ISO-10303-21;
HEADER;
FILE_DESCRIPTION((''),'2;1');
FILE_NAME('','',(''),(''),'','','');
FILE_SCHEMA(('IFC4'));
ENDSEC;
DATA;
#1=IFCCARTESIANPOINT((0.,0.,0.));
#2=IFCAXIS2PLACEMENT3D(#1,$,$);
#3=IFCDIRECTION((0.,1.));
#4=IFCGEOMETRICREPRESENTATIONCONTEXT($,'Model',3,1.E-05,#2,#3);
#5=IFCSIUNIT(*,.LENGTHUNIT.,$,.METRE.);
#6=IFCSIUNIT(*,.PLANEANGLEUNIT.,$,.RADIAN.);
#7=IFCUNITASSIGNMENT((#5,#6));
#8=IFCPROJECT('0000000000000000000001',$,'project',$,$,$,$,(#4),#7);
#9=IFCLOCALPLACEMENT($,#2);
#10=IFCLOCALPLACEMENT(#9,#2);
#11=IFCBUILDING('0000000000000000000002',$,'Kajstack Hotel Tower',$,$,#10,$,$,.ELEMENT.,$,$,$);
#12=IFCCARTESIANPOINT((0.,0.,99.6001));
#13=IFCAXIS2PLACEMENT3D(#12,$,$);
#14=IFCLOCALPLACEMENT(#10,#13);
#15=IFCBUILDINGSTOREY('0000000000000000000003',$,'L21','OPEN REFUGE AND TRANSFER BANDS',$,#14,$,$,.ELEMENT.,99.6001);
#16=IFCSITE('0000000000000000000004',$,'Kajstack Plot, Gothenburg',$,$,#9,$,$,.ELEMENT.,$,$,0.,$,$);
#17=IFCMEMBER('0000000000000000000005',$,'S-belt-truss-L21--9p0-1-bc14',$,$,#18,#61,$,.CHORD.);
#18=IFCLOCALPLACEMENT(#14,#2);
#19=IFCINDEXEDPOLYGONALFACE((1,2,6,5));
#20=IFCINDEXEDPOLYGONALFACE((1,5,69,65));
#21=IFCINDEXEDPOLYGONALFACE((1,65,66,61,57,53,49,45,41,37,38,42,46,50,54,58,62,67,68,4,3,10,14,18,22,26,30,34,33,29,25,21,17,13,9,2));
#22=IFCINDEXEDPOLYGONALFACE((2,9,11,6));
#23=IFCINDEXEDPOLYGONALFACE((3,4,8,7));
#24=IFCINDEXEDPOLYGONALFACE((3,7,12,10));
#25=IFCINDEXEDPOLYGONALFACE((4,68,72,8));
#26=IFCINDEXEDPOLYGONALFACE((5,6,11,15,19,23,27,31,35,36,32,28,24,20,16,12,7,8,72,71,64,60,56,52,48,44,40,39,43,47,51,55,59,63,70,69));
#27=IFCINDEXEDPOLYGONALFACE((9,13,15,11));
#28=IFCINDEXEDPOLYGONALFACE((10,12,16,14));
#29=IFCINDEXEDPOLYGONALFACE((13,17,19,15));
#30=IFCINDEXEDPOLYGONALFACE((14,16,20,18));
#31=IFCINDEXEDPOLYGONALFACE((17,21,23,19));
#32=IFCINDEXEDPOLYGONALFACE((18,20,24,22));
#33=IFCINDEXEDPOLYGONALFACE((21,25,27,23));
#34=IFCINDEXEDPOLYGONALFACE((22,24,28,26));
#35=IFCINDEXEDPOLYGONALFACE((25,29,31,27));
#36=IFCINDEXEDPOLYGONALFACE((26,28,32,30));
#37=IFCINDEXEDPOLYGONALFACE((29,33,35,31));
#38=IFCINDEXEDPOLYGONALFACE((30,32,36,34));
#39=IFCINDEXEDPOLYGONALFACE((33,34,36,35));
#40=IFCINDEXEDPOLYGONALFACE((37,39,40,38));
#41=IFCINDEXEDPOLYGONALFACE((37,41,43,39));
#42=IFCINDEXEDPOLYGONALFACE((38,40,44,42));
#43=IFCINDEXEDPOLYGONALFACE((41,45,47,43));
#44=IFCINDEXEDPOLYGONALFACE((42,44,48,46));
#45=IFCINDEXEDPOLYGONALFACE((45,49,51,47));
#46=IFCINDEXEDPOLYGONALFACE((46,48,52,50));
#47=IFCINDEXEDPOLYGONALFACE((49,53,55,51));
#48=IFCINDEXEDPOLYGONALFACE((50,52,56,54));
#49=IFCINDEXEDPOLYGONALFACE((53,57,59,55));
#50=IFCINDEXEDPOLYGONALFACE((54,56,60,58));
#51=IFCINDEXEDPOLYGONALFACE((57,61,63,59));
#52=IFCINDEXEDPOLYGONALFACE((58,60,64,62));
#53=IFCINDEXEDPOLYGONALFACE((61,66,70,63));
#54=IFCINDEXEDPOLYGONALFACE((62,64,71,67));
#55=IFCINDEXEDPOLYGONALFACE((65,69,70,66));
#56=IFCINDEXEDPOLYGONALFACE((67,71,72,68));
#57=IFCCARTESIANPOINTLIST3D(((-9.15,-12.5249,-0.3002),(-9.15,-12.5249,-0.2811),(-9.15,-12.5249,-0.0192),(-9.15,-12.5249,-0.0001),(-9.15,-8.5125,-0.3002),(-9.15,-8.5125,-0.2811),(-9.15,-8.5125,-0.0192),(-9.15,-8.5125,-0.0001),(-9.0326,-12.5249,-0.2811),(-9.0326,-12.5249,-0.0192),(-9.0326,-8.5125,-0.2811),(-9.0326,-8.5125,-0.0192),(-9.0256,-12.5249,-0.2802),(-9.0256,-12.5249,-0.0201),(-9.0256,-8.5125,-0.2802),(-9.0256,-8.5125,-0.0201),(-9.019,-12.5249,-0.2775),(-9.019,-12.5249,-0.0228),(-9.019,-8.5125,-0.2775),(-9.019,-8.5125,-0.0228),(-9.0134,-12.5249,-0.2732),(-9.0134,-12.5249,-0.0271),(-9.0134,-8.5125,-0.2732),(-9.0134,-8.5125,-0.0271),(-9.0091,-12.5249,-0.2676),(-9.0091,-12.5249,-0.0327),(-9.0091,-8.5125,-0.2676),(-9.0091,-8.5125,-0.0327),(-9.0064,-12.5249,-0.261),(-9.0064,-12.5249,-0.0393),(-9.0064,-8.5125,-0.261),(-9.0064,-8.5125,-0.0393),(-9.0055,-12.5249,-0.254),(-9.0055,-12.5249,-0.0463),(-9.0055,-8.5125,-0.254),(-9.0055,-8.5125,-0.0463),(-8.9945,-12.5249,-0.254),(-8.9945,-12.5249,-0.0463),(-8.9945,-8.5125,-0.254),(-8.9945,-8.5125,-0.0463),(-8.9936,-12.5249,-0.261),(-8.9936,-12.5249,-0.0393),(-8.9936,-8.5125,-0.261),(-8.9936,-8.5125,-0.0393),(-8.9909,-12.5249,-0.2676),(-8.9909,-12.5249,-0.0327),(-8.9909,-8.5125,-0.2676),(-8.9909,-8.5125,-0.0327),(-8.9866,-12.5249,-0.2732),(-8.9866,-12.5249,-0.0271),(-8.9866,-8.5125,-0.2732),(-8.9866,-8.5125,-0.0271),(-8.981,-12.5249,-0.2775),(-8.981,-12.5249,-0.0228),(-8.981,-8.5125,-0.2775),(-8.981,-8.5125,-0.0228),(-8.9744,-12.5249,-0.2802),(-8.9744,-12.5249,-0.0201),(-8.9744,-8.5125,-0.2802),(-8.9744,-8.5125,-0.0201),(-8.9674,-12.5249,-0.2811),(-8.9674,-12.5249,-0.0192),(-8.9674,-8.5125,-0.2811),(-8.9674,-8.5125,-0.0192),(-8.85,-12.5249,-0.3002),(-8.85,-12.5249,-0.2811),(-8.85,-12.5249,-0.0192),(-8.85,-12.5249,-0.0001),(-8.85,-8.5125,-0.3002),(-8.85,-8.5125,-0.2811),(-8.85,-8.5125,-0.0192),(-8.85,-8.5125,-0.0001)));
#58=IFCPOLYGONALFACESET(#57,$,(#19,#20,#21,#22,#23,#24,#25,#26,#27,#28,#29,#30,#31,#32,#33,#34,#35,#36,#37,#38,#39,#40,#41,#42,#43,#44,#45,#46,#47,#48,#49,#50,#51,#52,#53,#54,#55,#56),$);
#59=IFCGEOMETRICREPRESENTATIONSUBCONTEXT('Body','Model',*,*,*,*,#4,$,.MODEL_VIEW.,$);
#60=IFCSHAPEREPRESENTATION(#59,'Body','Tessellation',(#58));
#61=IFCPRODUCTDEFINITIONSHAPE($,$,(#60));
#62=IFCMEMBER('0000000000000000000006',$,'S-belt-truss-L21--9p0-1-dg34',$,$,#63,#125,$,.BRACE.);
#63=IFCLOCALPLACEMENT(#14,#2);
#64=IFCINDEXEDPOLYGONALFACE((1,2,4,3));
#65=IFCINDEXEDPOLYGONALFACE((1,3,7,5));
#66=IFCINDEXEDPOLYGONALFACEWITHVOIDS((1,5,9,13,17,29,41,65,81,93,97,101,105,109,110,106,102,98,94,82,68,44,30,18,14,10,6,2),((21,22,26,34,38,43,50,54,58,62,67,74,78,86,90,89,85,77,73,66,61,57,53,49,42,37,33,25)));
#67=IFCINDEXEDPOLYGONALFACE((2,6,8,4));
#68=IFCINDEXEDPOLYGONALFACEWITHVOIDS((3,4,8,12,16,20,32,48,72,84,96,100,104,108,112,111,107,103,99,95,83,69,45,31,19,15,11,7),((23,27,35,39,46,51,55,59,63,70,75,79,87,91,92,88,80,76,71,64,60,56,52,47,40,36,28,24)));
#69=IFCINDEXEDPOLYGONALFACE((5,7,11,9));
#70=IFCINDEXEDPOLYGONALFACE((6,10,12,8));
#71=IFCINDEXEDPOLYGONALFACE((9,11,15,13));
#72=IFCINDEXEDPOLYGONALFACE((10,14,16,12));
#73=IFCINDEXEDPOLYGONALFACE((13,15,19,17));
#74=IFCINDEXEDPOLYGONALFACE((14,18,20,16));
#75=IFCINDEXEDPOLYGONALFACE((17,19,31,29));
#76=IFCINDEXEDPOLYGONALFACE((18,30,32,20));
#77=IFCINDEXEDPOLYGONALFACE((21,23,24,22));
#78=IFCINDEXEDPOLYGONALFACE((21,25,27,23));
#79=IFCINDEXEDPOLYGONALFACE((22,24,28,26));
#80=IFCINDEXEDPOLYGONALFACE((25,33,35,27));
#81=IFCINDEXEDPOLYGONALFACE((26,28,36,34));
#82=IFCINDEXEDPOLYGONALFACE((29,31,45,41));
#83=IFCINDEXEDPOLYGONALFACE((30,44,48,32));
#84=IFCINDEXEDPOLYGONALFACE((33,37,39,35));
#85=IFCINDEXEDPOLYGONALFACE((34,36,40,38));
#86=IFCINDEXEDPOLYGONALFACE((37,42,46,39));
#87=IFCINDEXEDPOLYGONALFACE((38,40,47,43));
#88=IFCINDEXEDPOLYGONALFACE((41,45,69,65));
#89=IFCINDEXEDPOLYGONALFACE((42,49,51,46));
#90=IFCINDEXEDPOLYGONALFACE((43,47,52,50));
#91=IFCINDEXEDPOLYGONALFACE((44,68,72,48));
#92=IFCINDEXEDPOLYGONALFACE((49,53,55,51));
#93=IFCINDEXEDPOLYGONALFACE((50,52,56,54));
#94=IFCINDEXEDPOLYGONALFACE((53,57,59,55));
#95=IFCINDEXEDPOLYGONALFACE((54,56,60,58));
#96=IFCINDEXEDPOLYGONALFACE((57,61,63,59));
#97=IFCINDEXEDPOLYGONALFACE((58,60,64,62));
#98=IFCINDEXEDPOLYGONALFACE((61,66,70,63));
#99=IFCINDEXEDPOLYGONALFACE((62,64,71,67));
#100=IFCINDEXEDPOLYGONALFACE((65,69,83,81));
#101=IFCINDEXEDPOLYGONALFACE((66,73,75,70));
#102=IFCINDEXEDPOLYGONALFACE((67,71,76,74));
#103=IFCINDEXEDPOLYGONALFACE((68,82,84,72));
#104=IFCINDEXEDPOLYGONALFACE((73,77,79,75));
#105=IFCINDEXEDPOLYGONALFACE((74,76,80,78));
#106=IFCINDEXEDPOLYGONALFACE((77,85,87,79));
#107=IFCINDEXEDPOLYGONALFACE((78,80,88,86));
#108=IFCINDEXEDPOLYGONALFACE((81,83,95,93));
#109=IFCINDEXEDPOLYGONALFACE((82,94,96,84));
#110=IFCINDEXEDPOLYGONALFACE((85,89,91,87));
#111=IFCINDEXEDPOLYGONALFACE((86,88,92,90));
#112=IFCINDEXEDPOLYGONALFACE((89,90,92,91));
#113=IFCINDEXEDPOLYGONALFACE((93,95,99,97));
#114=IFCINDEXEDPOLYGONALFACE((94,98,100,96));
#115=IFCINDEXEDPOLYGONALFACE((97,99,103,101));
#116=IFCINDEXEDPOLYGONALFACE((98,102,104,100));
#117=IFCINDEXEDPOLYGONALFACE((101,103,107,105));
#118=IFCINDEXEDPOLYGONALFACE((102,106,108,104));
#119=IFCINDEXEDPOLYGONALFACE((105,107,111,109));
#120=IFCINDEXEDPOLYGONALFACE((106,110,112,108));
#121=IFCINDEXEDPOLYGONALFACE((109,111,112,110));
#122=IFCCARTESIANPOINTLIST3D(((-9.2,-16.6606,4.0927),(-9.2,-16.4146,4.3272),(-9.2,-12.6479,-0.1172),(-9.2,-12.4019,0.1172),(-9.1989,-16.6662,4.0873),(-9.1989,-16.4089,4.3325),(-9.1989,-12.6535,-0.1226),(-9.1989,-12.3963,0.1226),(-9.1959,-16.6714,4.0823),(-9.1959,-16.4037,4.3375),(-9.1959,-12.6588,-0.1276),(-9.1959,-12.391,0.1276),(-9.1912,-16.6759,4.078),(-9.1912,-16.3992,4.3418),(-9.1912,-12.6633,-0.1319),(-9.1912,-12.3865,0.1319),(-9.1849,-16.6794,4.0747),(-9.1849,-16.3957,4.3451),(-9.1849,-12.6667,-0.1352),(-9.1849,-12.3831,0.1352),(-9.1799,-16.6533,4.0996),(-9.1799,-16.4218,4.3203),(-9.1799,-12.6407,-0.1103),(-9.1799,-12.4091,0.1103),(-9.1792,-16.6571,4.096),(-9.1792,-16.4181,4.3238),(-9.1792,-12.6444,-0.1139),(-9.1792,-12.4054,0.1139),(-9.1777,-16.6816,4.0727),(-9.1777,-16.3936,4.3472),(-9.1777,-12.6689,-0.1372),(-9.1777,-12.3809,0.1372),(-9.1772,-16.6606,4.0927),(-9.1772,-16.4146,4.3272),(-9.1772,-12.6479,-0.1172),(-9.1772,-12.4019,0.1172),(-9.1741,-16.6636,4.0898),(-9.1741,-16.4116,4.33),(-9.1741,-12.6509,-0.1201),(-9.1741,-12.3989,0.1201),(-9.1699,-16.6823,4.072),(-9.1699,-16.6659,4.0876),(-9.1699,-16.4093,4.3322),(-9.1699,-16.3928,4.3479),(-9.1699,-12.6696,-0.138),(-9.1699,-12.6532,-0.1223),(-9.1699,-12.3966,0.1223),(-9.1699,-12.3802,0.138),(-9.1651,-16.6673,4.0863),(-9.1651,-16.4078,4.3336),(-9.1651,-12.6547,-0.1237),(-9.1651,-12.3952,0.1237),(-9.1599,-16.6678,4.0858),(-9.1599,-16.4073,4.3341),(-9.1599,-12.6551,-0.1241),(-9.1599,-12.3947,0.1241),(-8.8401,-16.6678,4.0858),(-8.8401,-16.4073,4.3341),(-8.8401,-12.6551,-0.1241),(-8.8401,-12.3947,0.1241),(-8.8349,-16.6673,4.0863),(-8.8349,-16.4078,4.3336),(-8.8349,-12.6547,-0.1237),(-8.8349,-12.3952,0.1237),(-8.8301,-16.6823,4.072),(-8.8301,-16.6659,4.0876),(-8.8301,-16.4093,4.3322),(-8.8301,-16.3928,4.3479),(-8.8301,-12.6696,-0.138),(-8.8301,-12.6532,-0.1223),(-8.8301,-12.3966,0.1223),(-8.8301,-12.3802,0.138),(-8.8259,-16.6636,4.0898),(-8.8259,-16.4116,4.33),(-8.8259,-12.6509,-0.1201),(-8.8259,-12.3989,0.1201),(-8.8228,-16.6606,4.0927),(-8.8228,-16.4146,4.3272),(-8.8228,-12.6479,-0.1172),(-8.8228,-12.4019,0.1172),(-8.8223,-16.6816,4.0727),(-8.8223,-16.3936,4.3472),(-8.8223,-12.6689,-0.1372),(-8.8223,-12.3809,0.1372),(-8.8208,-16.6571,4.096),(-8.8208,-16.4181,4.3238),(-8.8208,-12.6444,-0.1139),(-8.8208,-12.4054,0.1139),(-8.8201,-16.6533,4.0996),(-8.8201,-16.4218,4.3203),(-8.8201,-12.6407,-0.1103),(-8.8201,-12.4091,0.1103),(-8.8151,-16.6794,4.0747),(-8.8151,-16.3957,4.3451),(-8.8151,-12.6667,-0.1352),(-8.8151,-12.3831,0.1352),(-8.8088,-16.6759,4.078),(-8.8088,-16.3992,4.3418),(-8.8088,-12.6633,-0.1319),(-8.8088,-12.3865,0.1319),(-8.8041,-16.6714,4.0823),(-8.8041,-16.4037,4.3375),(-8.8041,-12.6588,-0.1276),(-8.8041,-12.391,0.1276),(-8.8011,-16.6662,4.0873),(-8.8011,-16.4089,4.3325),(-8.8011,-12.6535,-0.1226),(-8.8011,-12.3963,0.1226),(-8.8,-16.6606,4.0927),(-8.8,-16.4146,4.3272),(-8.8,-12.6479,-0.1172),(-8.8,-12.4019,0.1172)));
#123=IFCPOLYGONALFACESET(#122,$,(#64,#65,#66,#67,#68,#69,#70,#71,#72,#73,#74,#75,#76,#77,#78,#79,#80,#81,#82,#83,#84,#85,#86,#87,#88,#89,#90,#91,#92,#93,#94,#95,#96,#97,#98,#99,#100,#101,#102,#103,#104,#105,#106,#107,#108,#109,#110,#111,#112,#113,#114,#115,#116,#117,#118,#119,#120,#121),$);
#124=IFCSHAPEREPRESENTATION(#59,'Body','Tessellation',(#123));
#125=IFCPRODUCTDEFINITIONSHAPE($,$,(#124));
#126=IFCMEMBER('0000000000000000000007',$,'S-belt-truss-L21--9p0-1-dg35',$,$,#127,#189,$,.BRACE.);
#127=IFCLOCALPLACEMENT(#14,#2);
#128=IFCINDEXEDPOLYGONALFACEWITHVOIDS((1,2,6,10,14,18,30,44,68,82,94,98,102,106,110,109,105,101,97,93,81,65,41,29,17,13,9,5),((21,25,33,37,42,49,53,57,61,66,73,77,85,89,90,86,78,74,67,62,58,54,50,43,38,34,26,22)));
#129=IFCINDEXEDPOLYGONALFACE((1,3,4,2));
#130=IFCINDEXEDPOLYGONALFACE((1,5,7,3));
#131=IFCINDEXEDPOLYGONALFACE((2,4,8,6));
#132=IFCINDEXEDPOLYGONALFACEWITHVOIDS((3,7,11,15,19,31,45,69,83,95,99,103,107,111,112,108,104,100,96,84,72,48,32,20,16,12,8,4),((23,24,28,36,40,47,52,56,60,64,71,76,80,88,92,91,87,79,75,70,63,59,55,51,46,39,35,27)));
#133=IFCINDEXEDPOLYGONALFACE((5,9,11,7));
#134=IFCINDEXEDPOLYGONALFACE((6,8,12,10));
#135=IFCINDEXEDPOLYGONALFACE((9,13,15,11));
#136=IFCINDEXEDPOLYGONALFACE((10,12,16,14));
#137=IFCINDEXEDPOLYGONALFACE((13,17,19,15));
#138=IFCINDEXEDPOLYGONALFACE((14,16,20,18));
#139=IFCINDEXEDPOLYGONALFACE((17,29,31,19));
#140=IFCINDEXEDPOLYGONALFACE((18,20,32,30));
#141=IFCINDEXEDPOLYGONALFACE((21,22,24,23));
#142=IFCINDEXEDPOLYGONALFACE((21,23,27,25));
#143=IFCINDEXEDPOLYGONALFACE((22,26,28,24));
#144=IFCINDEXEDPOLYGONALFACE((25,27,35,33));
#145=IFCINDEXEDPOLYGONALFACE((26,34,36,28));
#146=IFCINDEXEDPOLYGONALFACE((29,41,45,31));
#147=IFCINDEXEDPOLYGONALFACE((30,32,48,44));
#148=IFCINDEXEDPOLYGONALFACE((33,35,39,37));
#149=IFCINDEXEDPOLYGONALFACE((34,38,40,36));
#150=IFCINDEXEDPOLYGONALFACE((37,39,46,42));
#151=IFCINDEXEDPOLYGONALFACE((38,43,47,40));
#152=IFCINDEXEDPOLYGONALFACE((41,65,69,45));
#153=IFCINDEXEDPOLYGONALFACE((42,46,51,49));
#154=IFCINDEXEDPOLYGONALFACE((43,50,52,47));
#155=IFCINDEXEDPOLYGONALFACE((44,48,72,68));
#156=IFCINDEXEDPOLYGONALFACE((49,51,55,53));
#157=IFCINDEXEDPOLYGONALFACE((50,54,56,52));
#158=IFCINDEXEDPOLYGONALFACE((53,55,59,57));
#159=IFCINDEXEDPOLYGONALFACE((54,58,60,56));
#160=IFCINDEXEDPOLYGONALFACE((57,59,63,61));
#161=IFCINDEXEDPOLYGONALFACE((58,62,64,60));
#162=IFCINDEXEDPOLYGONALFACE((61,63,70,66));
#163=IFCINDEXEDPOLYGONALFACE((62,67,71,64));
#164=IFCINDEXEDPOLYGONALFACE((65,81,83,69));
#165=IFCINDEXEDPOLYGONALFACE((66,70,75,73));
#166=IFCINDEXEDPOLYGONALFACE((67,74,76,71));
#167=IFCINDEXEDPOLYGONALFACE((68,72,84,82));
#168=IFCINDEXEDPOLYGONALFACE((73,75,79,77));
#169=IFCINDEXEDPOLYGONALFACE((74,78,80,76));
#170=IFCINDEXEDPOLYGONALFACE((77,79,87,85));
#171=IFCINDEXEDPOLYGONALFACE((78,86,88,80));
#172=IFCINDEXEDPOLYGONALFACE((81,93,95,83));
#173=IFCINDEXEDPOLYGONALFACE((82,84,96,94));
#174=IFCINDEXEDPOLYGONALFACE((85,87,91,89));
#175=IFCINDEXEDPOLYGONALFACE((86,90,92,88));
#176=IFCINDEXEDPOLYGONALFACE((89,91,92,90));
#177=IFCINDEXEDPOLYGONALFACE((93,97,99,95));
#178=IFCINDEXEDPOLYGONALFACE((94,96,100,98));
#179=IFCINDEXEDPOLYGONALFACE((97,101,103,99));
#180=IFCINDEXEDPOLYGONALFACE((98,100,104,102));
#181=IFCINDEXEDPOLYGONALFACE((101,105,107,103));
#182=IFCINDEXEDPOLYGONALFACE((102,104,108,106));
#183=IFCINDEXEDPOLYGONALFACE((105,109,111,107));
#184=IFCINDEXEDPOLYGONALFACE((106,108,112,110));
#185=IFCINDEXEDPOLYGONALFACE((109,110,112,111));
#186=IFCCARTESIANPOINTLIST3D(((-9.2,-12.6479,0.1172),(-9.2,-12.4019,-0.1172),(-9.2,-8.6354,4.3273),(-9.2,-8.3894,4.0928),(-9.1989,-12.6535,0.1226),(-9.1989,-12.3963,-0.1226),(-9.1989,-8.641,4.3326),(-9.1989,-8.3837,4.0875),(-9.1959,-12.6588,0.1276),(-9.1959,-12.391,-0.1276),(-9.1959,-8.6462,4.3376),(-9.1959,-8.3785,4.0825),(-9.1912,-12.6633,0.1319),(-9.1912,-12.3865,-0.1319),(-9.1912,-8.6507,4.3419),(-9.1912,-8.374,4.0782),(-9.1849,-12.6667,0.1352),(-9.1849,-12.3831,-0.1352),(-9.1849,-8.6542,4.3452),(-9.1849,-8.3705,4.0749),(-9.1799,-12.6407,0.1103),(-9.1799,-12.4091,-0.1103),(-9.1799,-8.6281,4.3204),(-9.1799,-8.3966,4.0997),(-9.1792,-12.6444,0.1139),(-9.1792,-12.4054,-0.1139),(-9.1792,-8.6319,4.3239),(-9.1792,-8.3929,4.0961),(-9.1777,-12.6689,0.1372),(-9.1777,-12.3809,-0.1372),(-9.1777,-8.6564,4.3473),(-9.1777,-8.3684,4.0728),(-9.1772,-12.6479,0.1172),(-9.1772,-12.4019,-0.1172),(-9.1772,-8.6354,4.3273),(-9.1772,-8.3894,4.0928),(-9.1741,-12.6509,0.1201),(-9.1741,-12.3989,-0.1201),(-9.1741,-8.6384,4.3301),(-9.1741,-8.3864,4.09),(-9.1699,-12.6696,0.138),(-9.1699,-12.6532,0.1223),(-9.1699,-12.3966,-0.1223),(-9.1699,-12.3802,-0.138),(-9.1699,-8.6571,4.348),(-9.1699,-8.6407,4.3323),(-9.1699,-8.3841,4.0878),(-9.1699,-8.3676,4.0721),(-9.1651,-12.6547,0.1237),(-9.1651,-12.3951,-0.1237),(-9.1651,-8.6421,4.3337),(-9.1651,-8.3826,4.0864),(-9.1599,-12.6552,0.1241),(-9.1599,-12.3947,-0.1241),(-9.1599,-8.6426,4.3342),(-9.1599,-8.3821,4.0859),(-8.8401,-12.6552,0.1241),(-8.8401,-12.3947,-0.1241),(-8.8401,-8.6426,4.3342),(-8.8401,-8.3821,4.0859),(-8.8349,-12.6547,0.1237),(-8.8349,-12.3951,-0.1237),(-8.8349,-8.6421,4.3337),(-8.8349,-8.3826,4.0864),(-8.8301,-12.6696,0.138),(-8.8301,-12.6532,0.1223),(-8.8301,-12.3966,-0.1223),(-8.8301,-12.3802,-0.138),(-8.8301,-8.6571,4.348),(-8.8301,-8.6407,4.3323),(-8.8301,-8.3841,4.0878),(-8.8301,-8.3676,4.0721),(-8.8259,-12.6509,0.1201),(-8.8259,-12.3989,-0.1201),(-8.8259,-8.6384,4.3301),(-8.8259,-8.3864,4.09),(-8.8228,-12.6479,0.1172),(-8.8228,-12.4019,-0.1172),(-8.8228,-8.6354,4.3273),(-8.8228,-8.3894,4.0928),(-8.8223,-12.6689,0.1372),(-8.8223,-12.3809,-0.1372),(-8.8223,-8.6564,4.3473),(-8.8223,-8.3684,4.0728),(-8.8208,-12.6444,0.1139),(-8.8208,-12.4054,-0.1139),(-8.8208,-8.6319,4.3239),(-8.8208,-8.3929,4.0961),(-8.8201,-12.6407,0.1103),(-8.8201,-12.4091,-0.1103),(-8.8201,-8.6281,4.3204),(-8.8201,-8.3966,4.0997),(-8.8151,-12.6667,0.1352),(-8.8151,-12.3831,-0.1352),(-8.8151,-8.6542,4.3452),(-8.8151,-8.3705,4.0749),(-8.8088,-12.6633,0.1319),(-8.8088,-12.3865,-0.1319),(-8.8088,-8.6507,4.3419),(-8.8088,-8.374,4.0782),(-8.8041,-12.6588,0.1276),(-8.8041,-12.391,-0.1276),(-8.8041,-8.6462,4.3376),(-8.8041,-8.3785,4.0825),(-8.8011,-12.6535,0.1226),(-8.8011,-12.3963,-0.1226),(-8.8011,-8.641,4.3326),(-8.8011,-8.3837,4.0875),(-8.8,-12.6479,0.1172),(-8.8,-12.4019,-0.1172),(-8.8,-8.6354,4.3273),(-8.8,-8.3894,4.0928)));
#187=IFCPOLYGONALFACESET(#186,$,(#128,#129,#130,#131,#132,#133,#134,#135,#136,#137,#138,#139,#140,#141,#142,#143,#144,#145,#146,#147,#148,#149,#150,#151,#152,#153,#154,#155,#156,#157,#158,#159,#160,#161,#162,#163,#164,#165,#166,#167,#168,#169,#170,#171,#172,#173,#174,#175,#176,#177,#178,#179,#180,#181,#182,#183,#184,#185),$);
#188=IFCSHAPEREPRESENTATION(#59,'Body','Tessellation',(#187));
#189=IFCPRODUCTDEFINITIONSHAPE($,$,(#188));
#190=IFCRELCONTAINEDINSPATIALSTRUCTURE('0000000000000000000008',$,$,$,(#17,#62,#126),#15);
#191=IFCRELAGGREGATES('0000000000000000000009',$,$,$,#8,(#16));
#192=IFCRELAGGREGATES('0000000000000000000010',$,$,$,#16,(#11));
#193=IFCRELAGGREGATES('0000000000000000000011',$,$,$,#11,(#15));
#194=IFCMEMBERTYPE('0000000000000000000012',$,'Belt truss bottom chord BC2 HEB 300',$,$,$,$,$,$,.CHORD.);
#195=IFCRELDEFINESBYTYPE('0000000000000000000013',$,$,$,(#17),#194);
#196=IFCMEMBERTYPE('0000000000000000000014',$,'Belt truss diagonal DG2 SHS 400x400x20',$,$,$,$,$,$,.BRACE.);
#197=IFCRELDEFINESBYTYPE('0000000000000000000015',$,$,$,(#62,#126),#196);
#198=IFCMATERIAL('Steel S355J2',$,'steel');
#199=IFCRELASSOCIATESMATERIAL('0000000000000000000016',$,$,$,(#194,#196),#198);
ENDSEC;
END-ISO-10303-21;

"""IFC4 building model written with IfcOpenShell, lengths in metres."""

from ifc_helpers import new_model, si_unit, direction, frame, origin, origin_2d, place, context, subcontext, project, spatial, hollow_rectangle, i_section, extrude, material, material_profile, profile_set, type_object, element, save


model = new_model("IFC4")

# Units and contexts
model_context = context("Model", 3, precision=1e-05, world=origin(), true_north=direction((0.0, 1.0)))
body_context = subcontext(model_context, "Body", "Model", "MODEL_VIEW")
ifc_project = project(units=[si_unit("LENGTHUNIT", "METRE"), si_unit("PLANEANGLEUNIT", "RADIAN")], contexts=[model_context])

# Site, building, storey
site_placement = place(None, origin())
site = spatial("IfcSite", under=ifc_project, at=site_placement, Name="Kajstack Plot, Gothenburg", CompositionType="ELEMENT", RefElevation=0.0)
building_placement = place(site_placement, origin())
building = spatial("IfcBuilding", under=site, at=building_placement, Name="Kajstack Hotel Tower", CompositionType="ELEMENT")
storey_placement = place(building_placement, frame((0.0, 0.0, 99.6001)))
storey = spatial("IfcBuildingStorey", under=building, at=storey_placement, Name="L21", Description="OPEN REFUGE AND TRANSFER BANDS", CompositionType="ELEMENT", Elevation=99.6001)

# Members
ifc_material_1 = material(Name="Steel S355J2", Category="steel")
ifc_material_profile_1 = material_profile(ifc_material_1, i_section(OverallWidth=0.3, OverallDepth=0.3, WebThickness=0.011, FlangeThickness=0.019, FilletRadius=0.0271, at=origin_2d()), Name="HEB 300")
ifc_profile_set_1 = profile_set([ifc_material_profile_1], Name="Steel S355J2")
member_type_1 = type_object("IfcMemberType", Name="Belt truss bottom chord BC2 HEB 300", PredefinedType="CHORD", material=ifc_profile_set_1)
member_1_placement = place(storey_placement, frame((-9.0, -12.5249, -0.1501), z_axis=(0.0, 1.0, 0.0), x_axis=(-1.0, 0.0, 0.0)))
element("IfcMember", 1, at=member_1_placement, inside=storey, type_object=member_type_1, Name="S-belt-truss-L21--9p0-1-bc14", PredefinedType="CHORD", context=body_context, shape_type="SweptSolid", body=[
    extrude(i_section(OverallWidth=0.3, OverallDepth=0.3, WebThickness=0.011, FlangeThickness=0.019, FilletRadius=0.0271, at=origin_2d()), origin(), (0.0, 0.0, 1.0), 4.0125),
])
ifc_material_profile_2 = material_profile(ifc_material_1, hollow_rectangle(XDim=0.3999, YDim=0.3999, WallThickness=0.02, InnerFilletRadius=0.02, OuterFilletRadius=0.03, at=origin_2d()), Name="SHS 400x400x20")
ifc_profile_set_2 = profile_set([ifc_material_profile_2], Name="Steel S355J2")
member_type_2 = type_object("IfcMemberType", Name="Belt truss diagonal DG2 SHS 400x400x20", PredefinedType="BRACE", material=ifc_profile_set_2)
for number, where, z_axis, x_axis, name in (
    (2, (-9.0, -12.5249, 0.0), (0.0, -0.689944, 0.723862), (1.0, 0.0, 0.0), "S-belt-truss-L21--9p0-1-dg34"),
    (3, (-9.0, -12.5249, 0.0), (0.0, 0.689922, 0.723883), (-1.0, 0.0, 0.0), "S-belt-truss-L21--9p0-1-dg35"),
):
    element("IfcMember", number, at=place(storey_placement, frame(where, z_axis=z_axis, x_axis=x_axis)), inside=storey, type_object=member_type_2, Name=name, PredefinedType="BRACE", context=body_context, shape_type="SweptSolid", body=[
        extrude(hollow_rectangle(XDim=0.3999, YDim=0.3999, WallThickness=0.02, InnerFilletRadius=0.02, OuterFilletRadius=0.03, at=origin_2d()), origin(), (0.0, 0.0, 1.0), 5.8159),
    ])

save(model, "model.ifc")
